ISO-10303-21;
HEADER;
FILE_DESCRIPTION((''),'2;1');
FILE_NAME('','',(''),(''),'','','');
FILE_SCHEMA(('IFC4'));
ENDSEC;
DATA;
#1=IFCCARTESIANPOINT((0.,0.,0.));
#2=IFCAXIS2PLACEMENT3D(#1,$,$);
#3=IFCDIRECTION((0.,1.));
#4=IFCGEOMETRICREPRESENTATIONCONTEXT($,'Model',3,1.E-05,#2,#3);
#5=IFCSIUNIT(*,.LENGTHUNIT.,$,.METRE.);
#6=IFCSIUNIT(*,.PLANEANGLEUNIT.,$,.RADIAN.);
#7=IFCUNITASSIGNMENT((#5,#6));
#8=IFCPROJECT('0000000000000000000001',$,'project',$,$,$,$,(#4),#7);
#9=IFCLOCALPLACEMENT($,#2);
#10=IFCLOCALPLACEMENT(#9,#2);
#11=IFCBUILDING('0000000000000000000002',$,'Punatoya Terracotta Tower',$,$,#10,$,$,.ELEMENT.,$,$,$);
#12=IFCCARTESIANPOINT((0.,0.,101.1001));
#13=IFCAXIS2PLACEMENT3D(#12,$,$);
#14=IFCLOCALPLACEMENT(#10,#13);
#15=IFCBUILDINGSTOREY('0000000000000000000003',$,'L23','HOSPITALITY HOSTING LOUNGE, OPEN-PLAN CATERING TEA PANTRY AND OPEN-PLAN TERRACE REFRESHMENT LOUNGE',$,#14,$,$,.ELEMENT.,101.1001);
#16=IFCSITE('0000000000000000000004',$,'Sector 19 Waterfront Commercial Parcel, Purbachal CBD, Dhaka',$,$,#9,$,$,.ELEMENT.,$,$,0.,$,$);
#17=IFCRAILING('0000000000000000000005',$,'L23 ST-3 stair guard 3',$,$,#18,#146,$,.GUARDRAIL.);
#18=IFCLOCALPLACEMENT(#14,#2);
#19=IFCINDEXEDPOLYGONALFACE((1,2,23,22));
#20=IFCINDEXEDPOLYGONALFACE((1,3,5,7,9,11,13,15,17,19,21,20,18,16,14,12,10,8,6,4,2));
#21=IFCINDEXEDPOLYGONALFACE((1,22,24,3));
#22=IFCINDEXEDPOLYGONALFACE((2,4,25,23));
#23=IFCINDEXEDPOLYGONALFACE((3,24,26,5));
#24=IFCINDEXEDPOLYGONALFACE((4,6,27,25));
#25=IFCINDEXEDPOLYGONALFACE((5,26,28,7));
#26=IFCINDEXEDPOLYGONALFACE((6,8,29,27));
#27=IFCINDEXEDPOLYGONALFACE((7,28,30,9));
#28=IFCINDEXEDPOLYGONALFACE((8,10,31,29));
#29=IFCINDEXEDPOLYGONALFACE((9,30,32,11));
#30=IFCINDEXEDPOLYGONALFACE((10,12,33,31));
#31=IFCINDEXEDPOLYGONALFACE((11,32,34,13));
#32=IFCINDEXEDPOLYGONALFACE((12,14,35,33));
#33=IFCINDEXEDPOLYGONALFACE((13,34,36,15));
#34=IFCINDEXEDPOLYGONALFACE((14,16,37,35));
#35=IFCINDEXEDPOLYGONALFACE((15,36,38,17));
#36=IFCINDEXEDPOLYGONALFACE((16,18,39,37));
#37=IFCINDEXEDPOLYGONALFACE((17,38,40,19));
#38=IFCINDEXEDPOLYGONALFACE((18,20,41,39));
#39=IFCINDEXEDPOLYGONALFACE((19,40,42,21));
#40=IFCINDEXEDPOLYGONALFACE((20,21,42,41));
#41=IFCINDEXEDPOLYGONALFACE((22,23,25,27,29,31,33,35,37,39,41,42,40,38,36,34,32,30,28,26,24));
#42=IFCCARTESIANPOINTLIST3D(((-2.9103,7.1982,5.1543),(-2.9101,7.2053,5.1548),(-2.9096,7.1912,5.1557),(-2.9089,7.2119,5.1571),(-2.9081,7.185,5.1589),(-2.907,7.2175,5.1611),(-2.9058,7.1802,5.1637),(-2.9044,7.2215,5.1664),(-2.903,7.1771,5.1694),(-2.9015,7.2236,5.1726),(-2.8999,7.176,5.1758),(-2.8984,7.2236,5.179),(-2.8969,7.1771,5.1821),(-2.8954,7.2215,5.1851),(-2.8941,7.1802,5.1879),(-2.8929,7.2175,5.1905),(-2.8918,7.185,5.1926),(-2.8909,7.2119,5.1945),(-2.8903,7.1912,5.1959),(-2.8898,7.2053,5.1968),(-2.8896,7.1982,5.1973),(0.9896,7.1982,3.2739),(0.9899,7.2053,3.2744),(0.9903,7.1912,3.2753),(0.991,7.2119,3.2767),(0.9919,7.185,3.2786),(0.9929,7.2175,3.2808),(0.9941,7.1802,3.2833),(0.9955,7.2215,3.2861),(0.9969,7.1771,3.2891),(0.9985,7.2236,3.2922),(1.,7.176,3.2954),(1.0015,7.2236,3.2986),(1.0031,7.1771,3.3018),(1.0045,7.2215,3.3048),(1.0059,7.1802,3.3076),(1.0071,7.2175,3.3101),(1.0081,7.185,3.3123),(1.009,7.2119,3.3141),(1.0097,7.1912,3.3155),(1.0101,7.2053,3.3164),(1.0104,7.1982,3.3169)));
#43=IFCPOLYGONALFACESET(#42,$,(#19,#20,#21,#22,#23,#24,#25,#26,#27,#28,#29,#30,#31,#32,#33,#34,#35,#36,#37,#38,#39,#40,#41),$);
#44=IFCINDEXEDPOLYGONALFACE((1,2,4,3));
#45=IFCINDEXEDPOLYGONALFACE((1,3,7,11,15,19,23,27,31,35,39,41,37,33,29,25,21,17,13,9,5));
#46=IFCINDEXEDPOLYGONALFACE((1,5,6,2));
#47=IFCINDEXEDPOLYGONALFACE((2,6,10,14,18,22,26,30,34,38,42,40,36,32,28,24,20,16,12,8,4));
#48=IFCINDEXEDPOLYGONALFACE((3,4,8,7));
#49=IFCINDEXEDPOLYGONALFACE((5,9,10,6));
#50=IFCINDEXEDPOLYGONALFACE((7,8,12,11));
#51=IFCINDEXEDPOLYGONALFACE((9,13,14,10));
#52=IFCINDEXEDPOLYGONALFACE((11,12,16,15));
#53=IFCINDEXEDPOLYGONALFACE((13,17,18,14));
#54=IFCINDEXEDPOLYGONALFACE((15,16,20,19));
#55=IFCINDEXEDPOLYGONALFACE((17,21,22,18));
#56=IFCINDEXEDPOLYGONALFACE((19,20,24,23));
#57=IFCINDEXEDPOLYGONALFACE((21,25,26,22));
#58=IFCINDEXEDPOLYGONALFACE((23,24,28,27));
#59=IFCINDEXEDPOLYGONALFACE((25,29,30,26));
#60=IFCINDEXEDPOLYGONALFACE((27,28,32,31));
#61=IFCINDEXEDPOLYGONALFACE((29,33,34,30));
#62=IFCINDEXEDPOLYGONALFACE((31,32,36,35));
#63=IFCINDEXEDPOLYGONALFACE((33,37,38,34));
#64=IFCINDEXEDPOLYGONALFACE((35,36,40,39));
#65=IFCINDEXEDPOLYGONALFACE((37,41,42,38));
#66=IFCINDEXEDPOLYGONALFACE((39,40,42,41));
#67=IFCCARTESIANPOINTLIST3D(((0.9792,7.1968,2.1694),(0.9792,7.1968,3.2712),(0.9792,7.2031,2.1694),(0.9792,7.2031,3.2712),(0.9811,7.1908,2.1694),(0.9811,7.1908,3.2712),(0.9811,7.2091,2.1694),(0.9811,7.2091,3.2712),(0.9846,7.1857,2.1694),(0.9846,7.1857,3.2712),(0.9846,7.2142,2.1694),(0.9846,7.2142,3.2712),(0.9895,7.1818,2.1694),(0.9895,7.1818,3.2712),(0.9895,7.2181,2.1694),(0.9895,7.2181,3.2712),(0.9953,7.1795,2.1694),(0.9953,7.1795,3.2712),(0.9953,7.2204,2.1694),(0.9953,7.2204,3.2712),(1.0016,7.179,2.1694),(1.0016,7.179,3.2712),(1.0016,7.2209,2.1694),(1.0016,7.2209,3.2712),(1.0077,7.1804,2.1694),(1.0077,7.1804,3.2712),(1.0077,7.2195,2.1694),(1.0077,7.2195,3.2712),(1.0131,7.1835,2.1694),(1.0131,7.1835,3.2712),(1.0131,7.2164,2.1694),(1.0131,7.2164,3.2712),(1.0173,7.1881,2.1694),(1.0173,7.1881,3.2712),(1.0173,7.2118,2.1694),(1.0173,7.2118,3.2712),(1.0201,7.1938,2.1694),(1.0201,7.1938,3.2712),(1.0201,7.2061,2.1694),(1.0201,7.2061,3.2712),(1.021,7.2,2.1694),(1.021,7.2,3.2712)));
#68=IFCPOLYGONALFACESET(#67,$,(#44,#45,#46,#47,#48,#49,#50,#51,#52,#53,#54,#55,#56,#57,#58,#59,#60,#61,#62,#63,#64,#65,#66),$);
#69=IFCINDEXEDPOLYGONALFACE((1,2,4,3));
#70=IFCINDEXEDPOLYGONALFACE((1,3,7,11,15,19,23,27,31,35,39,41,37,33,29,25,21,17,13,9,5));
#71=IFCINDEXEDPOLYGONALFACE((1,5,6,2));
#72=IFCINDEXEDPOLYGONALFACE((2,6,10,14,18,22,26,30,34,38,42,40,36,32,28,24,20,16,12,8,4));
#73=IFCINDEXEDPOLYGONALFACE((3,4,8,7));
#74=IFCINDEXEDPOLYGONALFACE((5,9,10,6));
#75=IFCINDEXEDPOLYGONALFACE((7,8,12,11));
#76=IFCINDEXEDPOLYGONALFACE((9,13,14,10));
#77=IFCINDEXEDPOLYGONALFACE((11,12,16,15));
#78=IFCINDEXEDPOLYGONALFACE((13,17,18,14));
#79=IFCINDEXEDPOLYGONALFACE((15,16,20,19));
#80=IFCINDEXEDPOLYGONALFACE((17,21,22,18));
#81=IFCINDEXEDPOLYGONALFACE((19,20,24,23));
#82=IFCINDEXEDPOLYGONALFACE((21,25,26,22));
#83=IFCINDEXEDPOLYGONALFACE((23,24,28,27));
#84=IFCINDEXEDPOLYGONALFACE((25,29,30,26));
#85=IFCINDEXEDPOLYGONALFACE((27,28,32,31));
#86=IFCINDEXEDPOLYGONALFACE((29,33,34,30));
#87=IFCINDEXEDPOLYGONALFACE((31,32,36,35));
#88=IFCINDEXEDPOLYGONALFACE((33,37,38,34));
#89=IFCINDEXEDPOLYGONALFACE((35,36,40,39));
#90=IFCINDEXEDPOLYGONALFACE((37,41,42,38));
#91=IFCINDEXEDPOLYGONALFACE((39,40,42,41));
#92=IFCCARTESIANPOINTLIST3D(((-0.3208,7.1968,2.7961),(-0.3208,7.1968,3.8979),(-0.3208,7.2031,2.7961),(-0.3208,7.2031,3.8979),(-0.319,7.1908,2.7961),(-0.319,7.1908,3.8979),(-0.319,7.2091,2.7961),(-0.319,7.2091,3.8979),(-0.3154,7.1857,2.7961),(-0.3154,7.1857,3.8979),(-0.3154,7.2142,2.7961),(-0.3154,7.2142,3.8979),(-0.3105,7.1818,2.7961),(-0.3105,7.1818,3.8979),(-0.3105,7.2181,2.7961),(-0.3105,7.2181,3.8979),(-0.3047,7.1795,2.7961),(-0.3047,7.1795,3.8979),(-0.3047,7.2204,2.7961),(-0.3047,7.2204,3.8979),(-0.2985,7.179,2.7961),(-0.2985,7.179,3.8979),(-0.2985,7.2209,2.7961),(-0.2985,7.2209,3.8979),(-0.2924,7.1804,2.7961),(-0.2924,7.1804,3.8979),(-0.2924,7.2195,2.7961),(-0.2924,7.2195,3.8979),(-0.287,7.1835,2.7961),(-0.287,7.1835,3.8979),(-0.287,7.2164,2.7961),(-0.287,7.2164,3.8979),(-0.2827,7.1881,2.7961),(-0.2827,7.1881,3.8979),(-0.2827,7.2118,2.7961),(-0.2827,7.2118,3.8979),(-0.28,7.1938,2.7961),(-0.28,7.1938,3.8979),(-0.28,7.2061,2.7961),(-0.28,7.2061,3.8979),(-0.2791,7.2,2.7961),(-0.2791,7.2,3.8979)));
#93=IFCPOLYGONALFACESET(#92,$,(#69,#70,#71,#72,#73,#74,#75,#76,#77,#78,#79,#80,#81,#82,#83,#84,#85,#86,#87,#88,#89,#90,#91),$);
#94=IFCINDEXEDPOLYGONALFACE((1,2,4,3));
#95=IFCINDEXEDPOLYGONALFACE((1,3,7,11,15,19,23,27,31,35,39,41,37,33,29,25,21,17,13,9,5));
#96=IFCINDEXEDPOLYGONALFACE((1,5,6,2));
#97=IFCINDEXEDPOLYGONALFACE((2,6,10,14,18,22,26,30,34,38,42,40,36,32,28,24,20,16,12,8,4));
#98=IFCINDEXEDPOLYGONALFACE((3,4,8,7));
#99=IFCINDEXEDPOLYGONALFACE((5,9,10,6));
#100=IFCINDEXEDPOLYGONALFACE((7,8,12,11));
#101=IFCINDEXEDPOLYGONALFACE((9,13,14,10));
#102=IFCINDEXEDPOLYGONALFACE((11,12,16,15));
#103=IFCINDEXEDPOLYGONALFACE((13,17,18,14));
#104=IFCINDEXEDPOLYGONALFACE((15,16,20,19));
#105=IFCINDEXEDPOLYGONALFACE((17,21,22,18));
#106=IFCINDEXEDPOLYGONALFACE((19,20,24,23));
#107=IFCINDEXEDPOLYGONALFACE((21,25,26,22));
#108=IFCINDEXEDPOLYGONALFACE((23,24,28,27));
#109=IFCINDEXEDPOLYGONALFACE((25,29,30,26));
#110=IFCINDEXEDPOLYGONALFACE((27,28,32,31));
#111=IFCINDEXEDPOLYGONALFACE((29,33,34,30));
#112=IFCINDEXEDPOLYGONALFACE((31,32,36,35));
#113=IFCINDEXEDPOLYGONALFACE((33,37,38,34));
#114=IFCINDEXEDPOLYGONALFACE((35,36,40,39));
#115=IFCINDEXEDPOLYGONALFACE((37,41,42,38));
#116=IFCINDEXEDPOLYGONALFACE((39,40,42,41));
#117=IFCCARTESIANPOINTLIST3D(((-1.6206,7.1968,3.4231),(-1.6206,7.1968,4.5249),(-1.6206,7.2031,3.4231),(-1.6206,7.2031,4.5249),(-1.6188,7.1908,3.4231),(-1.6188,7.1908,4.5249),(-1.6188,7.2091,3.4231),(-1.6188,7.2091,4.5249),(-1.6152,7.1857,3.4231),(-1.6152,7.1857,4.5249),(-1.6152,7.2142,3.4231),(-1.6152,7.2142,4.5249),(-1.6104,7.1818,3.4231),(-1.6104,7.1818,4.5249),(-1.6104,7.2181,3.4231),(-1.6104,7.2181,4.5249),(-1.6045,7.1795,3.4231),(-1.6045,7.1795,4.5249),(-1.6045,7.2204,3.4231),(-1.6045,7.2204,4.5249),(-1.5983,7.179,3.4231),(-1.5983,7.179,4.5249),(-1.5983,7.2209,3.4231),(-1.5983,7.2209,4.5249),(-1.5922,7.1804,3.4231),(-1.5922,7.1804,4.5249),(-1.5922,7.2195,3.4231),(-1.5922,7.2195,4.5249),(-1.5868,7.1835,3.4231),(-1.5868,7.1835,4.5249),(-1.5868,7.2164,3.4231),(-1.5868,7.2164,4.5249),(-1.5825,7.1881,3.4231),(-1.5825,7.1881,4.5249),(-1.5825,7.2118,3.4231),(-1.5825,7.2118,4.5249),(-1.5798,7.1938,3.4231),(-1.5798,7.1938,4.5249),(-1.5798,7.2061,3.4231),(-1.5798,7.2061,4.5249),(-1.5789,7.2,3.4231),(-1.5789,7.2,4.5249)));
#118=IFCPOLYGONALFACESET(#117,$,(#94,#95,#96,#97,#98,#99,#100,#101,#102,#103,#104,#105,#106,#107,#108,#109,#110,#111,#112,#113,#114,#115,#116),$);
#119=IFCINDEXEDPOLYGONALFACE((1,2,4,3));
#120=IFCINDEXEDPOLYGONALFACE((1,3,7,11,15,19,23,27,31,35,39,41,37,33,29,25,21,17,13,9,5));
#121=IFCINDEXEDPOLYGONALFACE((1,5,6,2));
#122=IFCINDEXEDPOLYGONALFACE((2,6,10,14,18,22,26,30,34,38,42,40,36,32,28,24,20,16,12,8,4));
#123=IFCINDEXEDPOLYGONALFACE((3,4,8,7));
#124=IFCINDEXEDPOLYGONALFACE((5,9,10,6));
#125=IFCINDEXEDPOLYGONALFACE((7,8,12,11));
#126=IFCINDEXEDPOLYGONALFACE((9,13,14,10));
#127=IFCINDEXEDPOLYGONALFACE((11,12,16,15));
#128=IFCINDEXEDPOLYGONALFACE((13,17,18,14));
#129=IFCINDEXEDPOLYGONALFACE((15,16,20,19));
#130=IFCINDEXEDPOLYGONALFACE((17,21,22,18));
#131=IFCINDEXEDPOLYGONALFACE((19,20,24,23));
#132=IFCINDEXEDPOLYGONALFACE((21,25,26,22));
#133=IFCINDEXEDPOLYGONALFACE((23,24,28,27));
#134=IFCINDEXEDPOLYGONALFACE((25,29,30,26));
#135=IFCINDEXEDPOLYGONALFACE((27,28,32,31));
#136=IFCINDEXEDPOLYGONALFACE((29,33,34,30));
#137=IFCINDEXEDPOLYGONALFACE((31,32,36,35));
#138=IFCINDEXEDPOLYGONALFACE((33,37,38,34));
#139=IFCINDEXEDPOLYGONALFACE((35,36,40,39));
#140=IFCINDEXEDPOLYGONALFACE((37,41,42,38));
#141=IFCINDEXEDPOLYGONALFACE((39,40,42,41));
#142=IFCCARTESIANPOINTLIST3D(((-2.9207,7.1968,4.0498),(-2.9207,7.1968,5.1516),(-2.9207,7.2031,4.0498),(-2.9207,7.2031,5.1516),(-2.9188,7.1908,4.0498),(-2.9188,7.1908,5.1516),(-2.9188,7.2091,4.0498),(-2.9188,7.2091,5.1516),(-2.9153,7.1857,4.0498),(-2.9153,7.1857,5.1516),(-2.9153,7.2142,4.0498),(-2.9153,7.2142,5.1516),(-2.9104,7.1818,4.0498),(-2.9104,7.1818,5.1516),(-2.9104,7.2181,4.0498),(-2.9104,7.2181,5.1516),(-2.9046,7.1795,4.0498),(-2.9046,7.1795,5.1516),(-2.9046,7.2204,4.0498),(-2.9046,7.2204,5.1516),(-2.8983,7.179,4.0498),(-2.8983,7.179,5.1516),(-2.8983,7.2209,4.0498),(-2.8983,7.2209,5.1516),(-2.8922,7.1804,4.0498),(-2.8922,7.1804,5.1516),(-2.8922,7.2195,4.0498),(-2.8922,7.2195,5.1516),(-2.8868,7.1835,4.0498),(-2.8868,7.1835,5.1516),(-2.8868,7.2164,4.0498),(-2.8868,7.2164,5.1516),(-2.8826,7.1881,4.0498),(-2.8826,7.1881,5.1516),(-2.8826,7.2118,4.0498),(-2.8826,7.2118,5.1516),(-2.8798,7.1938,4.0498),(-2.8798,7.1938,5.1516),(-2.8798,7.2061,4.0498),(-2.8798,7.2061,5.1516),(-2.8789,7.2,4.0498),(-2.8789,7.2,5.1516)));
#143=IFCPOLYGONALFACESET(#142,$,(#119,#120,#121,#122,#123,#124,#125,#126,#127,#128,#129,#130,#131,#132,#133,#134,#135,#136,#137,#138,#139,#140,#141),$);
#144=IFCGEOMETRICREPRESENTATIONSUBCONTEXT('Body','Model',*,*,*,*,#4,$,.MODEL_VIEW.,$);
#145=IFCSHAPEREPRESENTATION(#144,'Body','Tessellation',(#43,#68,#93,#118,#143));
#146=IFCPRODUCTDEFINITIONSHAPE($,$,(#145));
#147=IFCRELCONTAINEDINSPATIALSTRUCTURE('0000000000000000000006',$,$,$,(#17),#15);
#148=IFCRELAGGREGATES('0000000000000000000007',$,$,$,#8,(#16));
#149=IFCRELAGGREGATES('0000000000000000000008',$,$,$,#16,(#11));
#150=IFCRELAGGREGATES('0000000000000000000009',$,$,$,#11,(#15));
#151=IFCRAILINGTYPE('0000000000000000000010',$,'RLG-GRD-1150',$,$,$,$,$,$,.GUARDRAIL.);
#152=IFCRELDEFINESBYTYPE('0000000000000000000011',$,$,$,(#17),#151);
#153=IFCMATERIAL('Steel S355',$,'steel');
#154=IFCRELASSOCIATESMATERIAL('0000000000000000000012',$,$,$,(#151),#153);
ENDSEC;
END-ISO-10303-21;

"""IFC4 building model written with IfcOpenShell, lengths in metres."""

from ifc_helpers import new_model, si_unit, direction, frame, origin, origin_2d, place, context, subcontext, project, spatial, circle, extrude, material, type_object, element, save


model = new_model("IFC4")

# Units and contexts
model_context = context("Model", 3, precision=1e-05, world=origin(), true_north=direction((0.0, 1.0)))
body_context = subcontext(model_context, "Body", "Model", "MODEL_VIEW")
ifc_project = project(units=[si_unit("LENGTHUNIT", "METRE"), si_unit("PLANEANGLEUNIT", "RADIAN")], contexts=[model_context])

# Site, building, storey
site_placement = place(None, origin())
site = spatial("IfcSite", under=ifc_project, at=site_placement, Name="Sector 19 Waterfront Commercial Parcel, Purbachal CBD, Dhaka", CompositionType="ELEMENT", RefElevation=0.0)
building_placement = place(site_placement, origin())
building = spatial("IfcBuilding", under=site, at=building_placement, Name="Punatoya Terracotta Tower", CompositionType="ELEMENT")
storey_placement = place(building_placement, frame((0.0, 0.0, 101.1001)))
storey = spatial("IfcBuildingStorey", under=building, at=storey_placement, Name="L23", Description="HOSPITALITY HOSTING LOUNGE, OPEN-PLAN CATERING TEA PANTRY AND OPEN-PLAN TERRACE REFRESHMENT LOUNGE", CompositionType="ELEMENT", Elevation=101.1001)

# Shared definitions
ifc_material_1 = material(Name="Steel S355", Category="steel")

# Railing
railing_type_1 = type_object("IfcRailingType", Name="RLG-GRD-1150", PredefinedType="GUARDRAIL", material=ifc_material_1)
railing_1_placement = place(storey_placement, frame((1.0, 7.2, 2.1694)))
element("IfcRailing", 1, at=railing_1_placement, inside=storey, type_object=railing_type_1, Name="L23 ST-3 stair guard 3", PredefinedType="GUARDRAIL", context=body_context, shape_type="SweptSolid", body=[
    extrude(circle(Radius=0.0239, at=origin_2d()), frame((0.0, 0.0, 1.126), z_axis=(-0.900763, 0.0, 0.434311), x_axis=(0.0, -1.0, 0.0)), (0.0, 0.0, 1.0), 4.3296),
    extrude(circle(Radius=0.021, at=origin_2d()), origin(), (0.0, 0.0, 1.0), 1.1018),
    extrude(circle(Radius=0.021, at=origin_2d()), frame((-1.3, 0.0, 0.6267)), (0.0, 0.0, 1.0), 1.1018),
    extrude(circle(Radius=0.021, at=origin_2d()), frame((-2.5999, 0.0, 1.2537)), (0.0, 0.0, 1.0), 1.1018),
    extrude(circle(Radius=0.021, at=origin_2d()), frame((-3.8999, 0.0, 1.8804)), (0.0, 0.0, 1.0), 1.1018),
])

save(model, "model.ifc")
